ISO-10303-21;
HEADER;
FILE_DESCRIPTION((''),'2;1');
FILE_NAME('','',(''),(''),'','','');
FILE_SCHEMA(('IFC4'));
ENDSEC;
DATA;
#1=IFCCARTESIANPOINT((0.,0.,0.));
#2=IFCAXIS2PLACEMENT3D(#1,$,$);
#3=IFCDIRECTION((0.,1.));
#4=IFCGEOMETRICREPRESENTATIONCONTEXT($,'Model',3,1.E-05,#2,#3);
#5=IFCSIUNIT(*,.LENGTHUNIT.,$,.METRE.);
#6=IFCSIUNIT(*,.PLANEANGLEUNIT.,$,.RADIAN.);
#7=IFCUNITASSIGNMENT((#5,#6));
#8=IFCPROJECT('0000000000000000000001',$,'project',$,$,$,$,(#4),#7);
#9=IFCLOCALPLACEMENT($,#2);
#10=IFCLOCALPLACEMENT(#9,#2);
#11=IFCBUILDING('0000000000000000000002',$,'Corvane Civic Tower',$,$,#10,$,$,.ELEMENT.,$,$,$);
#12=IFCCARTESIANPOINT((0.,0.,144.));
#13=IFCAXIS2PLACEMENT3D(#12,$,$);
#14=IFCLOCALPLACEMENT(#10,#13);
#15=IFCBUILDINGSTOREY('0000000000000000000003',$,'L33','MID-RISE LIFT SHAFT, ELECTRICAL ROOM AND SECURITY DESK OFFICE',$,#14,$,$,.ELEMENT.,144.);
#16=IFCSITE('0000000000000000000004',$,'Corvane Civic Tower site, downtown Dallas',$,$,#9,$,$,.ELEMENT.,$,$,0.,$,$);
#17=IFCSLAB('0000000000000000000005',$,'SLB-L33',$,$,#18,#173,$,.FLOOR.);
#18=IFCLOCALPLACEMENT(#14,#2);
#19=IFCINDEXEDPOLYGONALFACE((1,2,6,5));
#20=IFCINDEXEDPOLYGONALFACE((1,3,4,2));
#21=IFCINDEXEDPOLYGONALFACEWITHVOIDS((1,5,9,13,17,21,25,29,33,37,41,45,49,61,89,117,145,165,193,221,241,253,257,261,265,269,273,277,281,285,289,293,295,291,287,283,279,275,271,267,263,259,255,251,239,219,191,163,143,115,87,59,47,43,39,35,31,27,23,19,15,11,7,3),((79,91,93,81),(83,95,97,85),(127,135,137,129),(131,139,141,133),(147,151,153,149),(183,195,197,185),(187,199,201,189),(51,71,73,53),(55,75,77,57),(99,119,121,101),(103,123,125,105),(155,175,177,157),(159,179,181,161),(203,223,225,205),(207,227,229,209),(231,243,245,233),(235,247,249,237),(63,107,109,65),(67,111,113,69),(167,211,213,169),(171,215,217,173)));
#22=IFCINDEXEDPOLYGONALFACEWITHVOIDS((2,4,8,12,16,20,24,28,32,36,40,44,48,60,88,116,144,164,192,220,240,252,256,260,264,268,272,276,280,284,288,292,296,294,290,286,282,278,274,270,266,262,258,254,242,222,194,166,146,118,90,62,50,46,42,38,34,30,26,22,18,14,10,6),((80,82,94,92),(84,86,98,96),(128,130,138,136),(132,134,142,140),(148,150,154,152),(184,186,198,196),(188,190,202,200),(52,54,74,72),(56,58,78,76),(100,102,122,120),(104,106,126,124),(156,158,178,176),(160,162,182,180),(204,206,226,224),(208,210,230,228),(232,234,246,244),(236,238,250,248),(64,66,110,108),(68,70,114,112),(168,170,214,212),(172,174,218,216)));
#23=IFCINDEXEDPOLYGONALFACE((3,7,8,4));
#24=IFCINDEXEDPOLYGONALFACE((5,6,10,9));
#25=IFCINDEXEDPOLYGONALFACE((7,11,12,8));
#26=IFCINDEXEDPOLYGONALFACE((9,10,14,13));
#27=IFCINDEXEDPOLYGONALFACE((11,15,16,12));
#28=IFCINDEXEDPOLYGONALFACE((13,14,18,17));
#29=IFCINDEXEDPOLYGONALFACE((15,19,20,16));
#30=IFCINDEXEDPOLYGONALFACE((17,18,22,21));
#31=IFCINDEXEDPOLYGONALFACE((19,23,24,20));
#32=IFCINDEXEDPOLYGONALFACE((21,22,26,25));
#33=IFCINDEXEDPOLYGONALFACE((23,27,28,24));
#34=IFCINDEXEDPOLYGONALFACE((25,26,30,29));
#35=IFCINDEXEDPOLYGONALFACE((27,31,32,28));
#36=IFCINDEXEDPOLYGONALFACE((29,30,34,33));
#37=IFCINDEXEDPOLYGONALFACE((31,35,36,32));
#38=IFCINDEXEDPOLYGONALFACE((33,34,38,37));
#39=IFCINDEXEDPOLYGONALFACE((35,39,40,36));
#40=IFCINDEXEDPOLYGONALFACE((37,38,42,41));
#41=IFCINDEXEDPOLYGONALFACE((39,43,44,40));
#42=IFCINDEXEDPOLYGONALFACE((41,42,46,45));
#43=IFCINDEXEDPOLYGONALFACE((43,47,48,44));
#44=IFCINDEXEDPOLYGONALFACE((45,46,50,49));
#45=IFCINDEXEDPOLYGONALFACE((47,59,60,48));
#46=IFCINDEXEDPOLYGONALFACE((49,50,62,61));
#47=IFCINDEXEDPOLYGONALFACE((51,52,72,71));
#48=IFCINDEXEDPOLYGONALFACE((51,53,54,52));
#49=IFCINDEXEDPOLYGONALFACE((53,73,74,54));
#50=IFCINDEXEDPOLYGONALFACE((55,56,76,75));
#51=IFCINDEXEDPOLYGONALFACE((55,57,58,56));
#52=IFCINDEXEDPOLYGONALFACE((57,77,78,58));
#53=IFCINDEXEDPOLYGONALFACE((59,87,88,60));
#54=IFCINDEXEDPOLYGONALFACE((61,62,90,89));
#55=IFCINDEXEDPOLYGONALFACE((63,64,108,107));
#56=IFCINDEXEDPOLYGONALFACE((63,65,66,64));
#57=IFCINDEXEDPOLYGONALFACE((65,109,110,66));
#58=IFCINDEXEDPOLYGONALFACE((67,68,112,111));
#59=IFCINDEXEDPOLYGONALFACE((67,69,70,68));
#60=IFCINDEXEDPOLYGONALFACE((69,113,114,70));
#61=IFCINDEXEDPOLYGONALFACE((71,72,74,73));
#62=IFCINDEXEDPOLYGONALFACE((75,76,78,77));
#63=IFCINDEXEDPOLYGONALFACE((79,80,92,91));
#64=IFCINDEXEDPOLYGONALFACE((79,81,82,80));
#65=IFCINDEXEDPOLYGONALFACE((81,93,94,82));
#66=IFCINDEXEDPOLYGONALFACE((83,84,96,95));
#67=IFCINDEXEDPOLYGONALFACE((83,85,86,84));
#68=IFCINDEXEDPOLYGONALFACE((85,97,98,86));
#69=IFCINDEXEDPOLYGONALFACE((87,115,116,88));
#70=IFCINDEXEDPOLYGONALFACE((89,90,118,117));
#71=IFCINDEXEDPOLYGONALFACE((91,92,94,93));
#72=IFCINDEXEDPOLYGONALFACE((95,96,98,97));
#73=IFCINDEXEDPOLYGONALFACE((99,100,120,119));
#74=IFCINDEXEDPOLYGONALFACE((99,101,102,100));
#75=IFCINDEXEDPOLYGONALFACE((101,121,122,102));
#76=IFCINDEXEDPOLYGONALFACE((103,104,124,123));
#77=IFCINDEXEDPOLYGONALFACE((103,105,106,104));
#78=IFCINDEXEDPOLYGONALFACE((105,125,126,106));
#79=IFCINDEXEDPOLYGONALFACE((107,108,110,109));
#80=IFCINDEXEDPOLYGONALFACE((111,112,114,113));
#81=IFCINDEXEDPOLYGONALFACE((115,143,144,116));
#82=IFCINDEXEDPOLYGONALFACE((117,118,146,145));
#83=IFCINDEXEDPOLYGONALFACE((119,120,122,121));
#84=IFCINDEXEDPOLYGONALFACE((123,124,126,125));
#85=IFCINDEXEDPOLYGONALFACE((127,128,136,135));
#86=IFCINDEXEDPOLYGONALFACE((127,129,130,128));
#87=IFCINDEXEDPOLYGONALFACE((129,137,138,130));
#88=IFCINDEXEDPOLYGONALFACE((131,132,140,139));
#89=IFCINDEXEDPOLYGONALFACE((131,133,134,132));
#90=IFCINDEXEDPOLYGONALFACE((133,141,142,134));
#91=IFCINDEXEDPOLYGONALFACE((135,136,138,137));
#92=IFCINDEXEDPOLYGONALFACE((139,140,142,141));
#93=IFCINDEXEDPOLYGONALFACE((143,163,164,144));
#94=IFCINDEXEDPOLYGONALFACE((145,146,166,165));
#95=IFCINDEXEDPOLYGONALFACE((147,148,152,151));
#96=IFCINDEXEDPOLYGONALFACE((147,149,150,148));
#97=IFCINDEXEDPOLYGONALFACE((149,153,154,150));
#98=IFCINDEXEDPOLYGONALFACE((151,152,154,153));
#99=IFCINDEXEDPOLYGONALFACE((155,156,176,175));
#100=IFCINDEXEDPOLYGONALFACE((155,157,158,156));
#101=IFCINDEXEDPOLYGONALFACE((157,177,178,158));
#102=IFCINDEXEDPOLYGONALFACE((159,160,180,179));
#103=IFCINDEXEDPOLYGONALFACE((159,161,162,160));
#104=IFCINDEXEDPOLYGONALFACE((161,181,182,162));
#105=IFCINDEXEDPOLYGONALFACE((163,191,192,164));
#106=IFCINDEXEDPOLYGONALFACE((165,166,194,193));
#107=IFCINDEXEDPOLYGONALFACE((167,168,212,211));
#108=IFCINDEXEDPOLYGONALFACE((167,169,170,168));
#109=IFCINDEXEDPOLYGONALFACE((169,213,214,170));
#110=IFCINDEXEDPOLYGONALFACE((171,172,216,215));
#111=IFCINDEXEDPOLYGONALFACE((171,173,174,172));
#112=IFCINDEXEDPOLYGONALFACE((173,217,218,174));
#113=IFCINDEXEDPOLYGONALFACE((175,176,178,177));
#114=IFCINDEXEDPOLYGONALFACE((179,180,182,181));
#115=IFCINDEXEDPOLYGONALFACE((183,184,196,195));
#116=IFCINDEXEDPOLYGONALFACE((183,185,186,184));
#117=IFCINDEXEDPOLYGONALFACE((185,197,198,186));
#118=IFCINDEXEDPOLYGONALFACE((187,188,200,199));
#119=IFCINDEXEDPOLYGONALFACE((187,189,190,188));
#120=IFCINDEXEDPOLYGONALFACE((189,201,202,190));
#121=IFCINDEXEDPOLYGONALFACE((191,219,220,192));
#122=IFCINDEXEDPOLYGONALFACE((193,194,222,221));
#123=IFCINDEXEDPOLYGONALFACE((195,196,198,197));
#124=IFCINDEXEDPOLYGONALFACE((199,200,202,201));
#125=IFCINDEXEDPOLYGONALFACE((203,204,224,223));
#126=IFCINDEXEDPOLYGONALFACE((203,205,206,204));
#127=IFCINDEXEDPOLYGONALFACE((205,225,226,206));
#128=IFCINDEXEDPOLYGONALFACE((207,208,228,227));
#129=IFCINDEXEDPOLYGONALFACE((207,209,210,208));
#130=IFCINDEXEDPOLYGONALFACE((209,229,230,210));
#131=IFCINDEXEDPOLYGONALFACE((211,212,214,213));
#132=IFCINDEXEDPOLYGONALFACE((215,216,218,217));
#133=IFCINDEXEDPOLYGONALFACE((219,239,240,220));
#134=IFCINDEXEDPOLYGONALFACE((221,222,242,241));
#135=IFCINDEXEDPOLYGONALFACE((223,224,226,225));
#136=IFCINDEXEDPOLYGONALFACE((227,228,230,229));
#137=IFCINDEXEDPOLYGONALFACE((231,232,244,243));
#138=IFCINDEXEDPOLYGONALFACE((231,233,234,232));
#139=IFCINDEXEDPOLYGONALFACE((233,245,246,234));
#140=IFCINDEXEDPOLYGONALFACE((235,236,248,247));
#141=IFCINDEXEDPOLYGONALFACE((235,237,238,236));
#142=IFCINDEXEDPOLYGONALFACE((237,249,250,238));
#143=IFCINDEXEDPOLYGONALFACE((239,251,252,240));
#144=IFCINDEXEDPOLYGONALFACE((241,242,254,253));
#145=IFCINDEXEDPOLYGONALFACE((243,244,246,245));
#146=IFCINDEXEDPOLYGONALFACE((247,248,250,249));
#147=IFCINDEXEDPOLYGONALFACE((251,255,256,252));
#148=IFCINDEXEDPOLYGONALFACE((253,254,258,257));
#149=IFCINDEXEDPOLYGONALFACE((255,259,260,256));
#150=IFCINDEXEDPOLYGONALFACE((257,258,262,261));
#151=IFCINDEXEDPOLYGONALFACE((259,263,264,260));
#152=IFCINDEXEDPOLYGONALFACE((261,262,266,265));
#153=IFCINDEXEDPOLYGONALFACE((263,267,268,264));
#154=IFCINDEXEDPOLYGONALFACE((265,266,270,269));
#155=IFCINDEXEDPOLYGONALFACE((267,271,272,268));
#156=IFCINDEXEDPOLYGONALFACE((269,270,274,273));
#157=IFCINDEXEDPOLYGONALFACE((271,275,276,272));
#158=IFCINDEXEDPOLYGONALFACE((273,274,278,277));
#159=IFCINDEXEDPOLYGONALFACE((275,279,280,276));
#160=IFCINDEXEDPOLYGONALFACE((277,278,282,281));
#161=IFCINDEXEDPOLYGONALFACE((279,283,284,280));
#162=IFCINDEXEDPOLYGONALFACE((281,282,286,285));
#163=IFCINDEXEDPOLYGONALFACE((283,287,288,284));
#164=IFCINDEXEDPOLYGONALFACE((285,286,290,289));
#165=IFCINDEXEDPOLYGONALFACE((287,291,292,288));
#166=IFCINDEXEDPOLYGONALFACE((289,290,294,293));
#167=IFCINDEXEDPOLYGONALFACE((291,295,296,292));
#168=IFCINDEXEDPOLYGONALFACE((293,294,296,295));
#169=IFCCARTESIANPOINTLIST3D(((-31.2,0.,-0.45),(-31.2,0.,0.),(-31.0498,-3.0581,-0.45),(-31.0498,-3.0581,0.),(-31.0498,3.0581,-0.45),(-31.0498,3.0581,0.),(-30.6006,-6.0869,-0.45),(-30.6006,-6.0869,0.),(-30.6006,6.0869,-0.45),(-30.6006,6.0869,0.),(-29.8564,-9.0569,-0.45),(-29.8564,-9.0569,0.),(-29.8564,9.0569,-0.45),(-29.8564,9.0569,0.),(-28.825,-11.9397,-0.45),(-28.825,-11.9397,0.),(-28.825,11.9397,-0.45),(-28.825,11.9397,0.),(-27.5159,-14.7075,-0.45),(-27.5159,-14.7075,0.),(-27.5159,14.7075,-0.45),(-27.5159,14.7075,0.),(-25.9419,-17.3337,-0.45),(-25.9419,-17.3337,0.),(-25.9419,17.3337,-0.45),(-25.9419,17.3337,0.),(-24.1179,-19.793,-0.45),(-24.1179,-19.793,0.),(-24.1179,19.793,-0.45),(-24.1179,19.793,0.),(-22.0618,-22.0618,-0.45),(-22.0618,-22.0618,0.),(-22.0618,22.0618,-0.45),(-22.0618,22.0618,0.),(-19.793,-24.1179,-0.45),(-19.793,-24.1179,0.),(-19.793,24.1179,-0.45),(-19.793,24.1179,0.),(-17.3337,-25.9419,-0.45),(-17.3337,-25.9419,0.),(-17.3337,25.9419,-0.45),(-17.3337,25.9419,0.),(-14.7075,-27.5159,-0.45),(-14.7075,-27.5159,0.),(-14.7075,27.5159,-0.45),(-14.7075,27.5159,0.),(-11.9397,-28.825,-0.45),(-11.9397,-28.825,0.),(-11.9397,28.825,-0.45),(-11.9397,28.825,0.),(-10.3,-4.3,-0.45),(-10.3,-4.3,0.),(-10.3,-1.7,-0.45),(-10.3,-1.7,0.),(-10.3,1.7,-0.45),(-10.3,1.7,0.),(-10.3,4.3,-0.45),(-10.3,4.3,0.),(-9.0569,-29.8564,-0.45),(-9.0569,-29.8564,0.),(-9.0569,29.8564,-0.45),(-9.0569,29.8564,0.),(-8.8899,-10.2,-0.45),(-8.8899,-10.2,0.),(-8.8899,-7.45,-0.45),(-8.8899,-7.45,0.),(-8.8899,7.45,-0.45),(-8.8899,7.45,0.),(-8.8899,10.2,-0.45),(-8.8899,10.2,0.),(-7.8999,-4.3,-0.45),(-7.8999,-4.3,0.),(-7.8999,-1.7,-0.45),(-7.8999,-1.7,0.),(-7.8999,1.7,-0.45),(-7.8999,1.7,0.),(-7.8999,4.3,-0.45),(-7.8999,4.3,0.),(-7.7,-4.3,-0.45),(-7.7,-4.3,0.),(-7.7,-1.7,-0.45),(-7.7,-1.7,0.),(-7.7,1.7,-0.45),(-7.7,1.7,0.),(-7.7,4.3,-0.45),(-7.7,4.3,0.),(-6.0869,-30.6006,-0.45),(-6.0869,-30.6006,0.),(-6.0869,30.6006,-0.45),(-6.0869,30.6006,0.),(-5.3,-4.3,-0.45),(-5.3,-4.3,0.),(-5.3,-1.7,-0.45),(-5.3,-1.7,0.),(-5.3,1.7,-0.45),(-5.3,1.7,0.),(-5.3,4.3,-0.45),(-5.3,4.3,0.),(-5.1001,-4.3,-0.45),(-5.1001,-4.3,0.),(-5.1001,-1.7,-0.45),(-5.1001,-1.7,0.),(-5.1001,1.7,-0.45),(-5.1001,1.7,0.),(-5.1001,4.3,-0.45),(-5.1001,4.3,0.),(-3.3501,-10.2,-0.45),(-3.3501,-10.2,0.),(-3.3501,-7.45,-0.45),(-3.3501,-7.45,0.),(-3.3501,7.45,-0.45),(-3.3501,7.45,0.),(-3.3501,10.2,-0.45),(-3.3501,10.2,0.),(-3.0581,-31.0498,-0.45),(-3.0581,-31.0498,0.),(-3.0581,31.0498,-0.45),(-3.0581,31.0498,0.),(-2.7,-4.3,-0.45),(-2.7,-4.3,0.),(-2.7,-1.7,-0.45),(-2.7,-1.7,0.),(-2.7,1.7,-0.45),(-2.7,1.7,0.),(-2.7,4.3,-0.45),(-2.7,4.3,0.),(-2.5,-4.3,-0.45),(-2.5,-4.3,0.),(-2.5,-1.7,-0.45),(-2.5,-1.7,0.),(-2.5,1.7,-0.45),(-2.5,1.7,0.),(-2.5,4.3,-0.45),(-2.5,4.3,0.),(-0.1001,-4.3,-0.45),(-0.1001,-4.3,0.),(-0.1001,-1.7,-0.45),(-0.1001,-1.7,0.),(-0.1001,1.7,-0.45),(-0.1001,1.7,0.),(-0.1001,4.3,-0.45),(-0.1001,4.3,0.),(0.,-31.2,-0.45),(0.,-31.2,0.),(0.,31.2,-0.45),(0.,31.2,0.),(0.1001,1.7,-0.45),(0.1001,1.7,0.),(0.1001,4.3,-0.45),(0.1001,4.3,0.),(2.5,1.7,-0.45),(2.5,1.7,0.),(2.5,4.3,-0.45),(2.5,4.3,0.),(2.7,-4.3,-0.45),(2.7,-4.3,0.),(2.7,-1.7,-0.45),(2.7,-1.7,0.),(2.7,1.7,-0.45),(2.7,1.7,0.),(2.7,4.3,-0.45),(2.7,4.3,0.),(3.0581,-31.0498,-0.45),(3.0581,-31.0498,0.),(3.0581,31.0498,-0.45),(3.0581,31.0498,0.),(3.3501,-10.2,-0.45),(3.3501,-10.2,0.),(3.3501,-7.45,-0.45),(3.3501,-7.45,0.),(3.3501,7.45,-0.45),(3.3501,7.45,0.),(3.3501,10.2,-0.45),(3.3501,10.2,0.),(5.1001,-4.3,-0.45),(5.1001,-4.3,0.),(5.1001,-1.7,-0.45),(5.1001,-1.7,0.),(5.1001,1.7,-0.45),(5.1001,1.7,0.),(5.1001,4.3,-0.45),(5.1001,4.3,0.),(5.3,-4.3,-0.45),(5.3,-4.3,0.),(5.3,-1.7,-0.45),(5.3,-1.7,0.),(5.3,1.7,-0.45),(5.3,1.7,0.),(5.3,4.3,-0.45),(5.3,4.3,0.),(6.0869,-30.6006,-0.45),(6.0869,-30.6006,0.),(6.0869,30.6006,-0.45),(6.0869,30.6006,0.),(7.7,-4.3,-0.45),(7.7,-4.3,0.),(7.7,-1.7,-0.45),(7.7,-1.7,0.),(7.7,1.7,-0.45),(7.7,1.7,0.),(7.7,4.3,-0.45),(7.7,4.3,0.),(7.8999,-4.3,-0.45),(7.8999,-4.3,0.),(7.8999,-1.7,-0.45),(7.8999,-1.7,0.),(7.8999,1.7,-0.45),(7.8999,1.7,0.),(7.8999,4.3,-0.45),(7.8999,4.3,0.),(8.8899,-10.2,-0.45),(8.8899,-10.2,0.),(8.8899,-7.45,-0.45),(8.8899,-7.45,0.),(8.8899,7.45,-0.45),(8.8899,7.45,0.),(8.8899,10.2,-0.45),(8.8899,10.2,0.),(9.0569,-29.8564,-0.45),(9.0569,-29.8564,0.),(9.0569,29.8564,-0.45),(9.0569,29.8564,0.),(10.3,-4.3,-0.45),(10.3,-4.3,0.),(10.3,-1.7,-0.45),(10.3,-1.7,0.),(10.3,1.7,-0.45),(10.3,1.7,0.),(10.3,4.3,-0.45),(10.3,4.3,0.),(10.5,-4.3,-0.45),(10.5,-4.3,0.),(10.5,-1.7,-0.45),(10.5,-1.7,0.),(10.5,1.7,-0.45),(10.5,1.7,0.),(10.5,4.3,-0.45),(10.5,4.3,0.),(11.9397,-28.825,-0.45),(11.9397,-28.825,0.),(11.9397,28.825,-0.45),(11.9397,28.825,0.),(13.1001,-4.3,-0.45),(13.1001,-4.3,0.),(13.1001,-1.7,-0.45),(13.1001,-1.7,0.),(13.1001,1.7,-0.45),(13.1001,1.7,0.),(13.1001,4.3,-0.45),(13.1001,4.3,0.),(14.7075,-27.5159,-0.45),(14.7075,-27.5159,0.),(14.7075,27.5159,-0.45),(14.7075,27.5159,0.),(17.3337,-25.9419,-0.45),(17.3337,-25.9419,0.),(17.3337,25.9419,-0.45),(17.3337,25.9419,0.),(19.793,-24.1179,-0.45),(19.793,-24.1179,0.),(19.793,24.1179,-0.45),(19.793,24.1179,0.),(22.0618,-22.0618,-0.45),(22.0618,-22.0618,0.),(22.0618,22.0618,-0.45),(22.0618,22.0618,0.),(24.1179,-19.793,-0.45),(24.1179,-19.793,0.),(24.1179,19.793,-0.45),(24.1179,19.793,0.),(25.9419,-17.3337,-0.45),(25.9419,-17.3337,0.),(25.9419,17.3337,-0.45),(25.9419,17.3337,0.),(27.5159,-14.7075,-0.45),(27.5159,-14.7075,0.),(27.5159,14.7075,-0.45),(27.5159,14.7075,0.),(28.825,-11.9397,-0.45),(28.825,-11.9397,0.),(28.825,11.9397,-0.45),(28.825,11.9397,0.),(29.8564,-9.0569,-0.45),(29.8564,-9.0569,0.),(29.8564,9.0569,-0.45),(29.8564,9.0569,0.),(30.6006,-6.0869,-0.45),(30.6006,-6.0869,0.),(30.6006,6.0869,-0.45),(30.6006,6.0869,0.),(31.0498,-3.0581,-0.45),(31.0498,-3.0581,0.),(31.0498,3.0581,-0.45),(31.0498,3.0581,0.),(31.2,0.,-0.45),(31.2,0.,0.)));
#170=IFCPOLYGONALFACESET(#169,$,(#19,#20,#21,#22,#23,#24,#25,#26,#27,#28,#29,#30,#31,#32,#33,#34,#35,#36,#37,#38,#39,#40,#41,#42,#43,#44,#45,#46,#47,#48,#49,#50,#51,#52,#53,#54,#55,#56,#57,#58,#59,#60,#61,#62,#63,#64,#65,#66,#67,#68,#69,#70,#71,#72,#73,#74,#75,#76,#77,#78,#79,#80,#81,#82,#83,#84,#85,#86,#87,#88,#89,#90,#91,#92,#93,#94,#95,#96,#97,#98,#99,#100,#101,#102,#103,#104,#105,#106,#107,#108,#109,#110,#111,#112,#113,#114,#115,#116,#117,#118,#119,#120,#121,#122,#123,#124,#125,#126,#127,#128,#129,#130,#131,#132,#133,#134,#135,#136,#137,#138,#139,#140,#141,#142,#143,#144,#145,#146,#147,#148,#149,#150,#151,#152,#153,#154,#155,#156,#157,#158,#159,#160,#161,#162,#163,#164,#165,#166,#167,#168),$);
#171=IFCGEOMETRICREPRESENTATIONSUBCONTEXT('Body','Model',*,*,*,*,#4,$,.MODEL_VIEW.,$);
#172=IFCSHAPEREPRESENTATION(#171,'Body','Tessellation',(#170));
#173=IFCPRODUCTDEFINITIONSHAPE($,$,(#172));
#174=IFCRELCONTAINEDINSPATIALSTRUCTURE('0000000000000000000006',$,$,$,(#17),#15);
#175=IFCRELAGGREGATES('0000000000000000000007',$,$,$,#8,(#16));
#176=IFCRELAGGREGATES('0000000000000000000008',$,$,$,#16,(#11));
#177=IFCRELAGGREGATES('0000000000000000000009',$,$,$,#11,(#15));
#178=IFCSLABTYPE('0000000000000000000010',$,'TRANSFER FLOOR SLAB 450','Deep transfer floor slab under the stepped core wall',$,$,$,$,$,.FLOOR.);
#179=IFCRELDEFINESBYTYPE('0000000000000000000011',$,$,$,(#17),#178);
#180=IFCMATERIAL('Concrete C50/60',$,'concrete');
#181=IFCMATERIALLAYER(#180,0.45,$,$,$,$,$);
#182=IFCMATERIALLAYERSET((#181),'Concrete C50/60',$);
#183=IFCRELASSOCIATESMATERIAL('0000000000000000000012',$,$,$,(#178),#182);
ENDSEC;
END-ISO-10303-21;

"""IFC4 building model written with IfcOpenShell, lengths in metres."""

from ifc_helpers import new_model, si_unit, direction, frame, origin, place, context, subcontext, project, spatial, polyline, outline, extrude, material, layer, layer_set, type_object, element, save


model = new_model("IFC4")

# Units and contexts
model_context = context("Model", 3, precision=1e-05, world=origin(), true_north=direction((0.0, 1.0)))
body_context = subcontext(model_context, "Body", "Model", "MODEL_VIEW")
ifc_project = project(units=[si_unit("LENGTHUNIT", "METRE"), si_unit("PLANEANGLEUNIT", "RADIAN")], contexts=[model_context])

# Site, building, storey
site_placement = place(None, origin())
site = spatial("IfcSite", under=ifc_project, at=site_placement, Name="Corvane Civic Tower site, downtown Dallas", CompositionType="ELEMENT", RefElevation=0.0)
building_placement = place(site_placement, origin())
building = spatial("IfcBuilding", under=site, at=building_placement, Name="Corvane Civic Tower", CompositionType="ELEMENT")
storey_placement = place(building_placement, frame((0.0, 0.0, 144.0)))
storey = spatial("IfcBuildingStorey", under=building, at=storey_placement, Name="L33", Description="MID-RISE LIFT SHAFT, ELECTRICAL ROOM AND SECURITY DESK OFFICE", CompositionType="ELEMENT", Elevation=144.0)

# Slab
ifc_material_1 = material(Name="Concrete C50/60", Category="concrete")
ifc_layer_1 = layer(ifc_material_1, 0.45)
ifc_layer_set_1 = layer_set([ifc_layer_1], Name="Concrete C50/60")
slab_type_1 = type_object("IfcSlabType", Name="TRANSFER FLOOR SLAB 450", Description="Deep transfer floor slab under the stepped core wall", PredefinedType="FLOOR", material=ifc_layer_set_1)
slab_1_placement = place(storey_placement, frame((0.0, 0.0, -0.45)))
element("IfcSlab", 1, at=slab_1_placement, inside=storey, type_object=slab_type_1, Name="SLB-L33", PredefinedType="FLOOR", context=body_context, shape_type="SweptSolid", body=[
    extrude(outline(polyline([(0.0, 31.2), (-3.0581, 31.0498), (-6.0869, 30.6006), (-9.0569, 29.8564), (-11.9397, 28.825), (-14.7075, 27.5159), (-17.3337, 25.9419), (-19.793, 24.1179), (-22.0618, 22.0618), (-24.1179, 19.793), (-25.9419, 17.3337), (-27.5159, 14.7075), (-28.825, 11.9397), (-29.8564, 9.0569), (-30.6006, 6.0869), (-31.0498, 3.0581), (-31.2, 0.0), (-31.0498, -3.0581), (-30.6006, -6.0869), (-29.8564, -9.0569), (-28.825, -11.9397), (-27.5159, -14.7075), (-25.9419, -17.3337), (-24.1179, -19.793), (-22.0618, -22.0618), (-19.793, -24.1179), (-17.3337, -25.9419), (-14.7075, -27.5159), (-11.9397, -28.825), (-9.0569, -29.8564), (-6.0869, -30.6006), (-3.0581, -31.0498), (0.0, -31.2), (3.0581, -31.0498), (6.0869, -30.6006), (9.0569, -29.8564), (11.9397, -28.825), (14.7075, -27.5159), (17.3337, -25.9419), (19.793, -24.1179), (22.0618, -22.0618), (24.1179, -19.793), (25.9419, -17.3337), (27.5159, -14.7075), (28.825, -11.9397), (29.8564, -9.0569), (30.6006, -6.0869), (31.0498, -3.0581), (31.2, 0.0), (31.0498, 3.0581), (30.6006, 6.0869), (29.8564, 9.0569), (28.825, 11.9397), (27.5159, 14.7075), (25.9419, 17.3337), (24.1179, 19.793), (22.0618, 22.0618), (19.793, 24.1179), (17.3337, 25.9419), (14.7075, 27.5159), (11.9397, 28.825), (9.0569, 29.8564), (6.0869, 30.6006), (3.0581, 31.0498), (0.0, 31.2)]), holes=[polyline([(-7.8999, 1.7), (-10.3, 1.7), (-10.3, 4.3), (-7.8999, 4.3), (-7.8999, 1.7)]), polyline([(-7.7, 4.3), (-5.3, 4.3), (-5.3, 1.7), (-7.7, 1.7), (-7.7, 4.3)]), polyline([(-5.1001, 4.3), (-2.7, 4.3), (-2.7, 1.7), (-5.1001, 1.7), (-5.1001, 4.3)]), polyline([(-0.1001, 4.3), (-0.1001, 1.7), (-2.5, 1.7), (-2.5, 4.3), (-0.1001, 4.3)]), polyline([(0.1001, 4.3), (2.5, 4.3), (2.5, 1.7), (0.1001, 1.7), (0.1001, 4.3)]), polyline([(2.7, 4.3), (5.1001, 4.3), (5.1001, 1.7), (2.7, 1.7), (2.7, 4.3)]), polyline([(5.3, 4.3), (7.7, 4.3), (7.7, 1.7), (5.3, 1.7), (5.3, 4.3)]), polyline([(7.8999, 4.3), (10.3, 4.3), (10.3, 1.7), (7.8999, 1.7), (7.8999, 4.3)]), polyline([(13.1001, 1.7), (10.5, 1.7), (10.5, 4.3), (13.1001, 4.3), (13.1001, 1.7)]), polyline([(-7.8999, -1.7), (-7.8999, -4.3), (-10.3, -4.3), (-10.3, -1.7), (-7.8999, -1.7)]), polyline([(-7.7, -4.3), (-7.7, -1.7), (-5.3, -1.7), (-5.3, -4.3), (-7.7, -4.3)]), polyline([(-5.1001, -4.3), (-5.1001, -1.7), (-2.7, -1.7), (-2.7, -4.3), (-5.1001, -4.3)]), polyline([(-0.1001, -1.7), (-0.1001, -4.3), (-2.5, -4.3), (-2.5, -1.7), (-0.1001, -1.7)]), polyline([(5.1001, -1.7), (5.1001, -4.3), (2.7, -4.3), (2.7, -1.7), (5.1001, -1.7)]), polyline([(7.7, -1.7), (7.7, -4.3), (5.3, -4.3), (5.3, -1.7), (7.7, -1.7)]), polyline([(10.3, -1.7), (10.3, -4.3), (7.8999, -4.3), (7.8999, -1.7), (10.3, -1.7)]), polyline([(13.1001, -4.3), (10.5, -4.3), (10.5, -1.7), (13.1001, -1.7), (13.1001, -4.3)]), polyline([(8.8899, 10.2), (8.8899, 7.45), (3.3501, 7.45), (3.3501, 10.2), (8.8899, 10.2)]), polyline([(-8.8899, 7.45), (-8.8899, 10.2), (-3.3501, 10.2), (-3.3501, 7.45), (-8.8899, 7.45)]), polyline([(8.8899, -7.45), (8.8899, -10.2), (3.3501, -10.2), (3.3501, -7.45), (8.8899, -7.45)]), polyline([(-8.8899, -10.2), (-8.8899, -7.45), (-3.3501, -7.45), (-3.3501, -10.2), (-8.8899, -10.2)])]), origin(), (0.0, 0.0, 1.0), 0.45),
])

save(model, "model.ifc")
